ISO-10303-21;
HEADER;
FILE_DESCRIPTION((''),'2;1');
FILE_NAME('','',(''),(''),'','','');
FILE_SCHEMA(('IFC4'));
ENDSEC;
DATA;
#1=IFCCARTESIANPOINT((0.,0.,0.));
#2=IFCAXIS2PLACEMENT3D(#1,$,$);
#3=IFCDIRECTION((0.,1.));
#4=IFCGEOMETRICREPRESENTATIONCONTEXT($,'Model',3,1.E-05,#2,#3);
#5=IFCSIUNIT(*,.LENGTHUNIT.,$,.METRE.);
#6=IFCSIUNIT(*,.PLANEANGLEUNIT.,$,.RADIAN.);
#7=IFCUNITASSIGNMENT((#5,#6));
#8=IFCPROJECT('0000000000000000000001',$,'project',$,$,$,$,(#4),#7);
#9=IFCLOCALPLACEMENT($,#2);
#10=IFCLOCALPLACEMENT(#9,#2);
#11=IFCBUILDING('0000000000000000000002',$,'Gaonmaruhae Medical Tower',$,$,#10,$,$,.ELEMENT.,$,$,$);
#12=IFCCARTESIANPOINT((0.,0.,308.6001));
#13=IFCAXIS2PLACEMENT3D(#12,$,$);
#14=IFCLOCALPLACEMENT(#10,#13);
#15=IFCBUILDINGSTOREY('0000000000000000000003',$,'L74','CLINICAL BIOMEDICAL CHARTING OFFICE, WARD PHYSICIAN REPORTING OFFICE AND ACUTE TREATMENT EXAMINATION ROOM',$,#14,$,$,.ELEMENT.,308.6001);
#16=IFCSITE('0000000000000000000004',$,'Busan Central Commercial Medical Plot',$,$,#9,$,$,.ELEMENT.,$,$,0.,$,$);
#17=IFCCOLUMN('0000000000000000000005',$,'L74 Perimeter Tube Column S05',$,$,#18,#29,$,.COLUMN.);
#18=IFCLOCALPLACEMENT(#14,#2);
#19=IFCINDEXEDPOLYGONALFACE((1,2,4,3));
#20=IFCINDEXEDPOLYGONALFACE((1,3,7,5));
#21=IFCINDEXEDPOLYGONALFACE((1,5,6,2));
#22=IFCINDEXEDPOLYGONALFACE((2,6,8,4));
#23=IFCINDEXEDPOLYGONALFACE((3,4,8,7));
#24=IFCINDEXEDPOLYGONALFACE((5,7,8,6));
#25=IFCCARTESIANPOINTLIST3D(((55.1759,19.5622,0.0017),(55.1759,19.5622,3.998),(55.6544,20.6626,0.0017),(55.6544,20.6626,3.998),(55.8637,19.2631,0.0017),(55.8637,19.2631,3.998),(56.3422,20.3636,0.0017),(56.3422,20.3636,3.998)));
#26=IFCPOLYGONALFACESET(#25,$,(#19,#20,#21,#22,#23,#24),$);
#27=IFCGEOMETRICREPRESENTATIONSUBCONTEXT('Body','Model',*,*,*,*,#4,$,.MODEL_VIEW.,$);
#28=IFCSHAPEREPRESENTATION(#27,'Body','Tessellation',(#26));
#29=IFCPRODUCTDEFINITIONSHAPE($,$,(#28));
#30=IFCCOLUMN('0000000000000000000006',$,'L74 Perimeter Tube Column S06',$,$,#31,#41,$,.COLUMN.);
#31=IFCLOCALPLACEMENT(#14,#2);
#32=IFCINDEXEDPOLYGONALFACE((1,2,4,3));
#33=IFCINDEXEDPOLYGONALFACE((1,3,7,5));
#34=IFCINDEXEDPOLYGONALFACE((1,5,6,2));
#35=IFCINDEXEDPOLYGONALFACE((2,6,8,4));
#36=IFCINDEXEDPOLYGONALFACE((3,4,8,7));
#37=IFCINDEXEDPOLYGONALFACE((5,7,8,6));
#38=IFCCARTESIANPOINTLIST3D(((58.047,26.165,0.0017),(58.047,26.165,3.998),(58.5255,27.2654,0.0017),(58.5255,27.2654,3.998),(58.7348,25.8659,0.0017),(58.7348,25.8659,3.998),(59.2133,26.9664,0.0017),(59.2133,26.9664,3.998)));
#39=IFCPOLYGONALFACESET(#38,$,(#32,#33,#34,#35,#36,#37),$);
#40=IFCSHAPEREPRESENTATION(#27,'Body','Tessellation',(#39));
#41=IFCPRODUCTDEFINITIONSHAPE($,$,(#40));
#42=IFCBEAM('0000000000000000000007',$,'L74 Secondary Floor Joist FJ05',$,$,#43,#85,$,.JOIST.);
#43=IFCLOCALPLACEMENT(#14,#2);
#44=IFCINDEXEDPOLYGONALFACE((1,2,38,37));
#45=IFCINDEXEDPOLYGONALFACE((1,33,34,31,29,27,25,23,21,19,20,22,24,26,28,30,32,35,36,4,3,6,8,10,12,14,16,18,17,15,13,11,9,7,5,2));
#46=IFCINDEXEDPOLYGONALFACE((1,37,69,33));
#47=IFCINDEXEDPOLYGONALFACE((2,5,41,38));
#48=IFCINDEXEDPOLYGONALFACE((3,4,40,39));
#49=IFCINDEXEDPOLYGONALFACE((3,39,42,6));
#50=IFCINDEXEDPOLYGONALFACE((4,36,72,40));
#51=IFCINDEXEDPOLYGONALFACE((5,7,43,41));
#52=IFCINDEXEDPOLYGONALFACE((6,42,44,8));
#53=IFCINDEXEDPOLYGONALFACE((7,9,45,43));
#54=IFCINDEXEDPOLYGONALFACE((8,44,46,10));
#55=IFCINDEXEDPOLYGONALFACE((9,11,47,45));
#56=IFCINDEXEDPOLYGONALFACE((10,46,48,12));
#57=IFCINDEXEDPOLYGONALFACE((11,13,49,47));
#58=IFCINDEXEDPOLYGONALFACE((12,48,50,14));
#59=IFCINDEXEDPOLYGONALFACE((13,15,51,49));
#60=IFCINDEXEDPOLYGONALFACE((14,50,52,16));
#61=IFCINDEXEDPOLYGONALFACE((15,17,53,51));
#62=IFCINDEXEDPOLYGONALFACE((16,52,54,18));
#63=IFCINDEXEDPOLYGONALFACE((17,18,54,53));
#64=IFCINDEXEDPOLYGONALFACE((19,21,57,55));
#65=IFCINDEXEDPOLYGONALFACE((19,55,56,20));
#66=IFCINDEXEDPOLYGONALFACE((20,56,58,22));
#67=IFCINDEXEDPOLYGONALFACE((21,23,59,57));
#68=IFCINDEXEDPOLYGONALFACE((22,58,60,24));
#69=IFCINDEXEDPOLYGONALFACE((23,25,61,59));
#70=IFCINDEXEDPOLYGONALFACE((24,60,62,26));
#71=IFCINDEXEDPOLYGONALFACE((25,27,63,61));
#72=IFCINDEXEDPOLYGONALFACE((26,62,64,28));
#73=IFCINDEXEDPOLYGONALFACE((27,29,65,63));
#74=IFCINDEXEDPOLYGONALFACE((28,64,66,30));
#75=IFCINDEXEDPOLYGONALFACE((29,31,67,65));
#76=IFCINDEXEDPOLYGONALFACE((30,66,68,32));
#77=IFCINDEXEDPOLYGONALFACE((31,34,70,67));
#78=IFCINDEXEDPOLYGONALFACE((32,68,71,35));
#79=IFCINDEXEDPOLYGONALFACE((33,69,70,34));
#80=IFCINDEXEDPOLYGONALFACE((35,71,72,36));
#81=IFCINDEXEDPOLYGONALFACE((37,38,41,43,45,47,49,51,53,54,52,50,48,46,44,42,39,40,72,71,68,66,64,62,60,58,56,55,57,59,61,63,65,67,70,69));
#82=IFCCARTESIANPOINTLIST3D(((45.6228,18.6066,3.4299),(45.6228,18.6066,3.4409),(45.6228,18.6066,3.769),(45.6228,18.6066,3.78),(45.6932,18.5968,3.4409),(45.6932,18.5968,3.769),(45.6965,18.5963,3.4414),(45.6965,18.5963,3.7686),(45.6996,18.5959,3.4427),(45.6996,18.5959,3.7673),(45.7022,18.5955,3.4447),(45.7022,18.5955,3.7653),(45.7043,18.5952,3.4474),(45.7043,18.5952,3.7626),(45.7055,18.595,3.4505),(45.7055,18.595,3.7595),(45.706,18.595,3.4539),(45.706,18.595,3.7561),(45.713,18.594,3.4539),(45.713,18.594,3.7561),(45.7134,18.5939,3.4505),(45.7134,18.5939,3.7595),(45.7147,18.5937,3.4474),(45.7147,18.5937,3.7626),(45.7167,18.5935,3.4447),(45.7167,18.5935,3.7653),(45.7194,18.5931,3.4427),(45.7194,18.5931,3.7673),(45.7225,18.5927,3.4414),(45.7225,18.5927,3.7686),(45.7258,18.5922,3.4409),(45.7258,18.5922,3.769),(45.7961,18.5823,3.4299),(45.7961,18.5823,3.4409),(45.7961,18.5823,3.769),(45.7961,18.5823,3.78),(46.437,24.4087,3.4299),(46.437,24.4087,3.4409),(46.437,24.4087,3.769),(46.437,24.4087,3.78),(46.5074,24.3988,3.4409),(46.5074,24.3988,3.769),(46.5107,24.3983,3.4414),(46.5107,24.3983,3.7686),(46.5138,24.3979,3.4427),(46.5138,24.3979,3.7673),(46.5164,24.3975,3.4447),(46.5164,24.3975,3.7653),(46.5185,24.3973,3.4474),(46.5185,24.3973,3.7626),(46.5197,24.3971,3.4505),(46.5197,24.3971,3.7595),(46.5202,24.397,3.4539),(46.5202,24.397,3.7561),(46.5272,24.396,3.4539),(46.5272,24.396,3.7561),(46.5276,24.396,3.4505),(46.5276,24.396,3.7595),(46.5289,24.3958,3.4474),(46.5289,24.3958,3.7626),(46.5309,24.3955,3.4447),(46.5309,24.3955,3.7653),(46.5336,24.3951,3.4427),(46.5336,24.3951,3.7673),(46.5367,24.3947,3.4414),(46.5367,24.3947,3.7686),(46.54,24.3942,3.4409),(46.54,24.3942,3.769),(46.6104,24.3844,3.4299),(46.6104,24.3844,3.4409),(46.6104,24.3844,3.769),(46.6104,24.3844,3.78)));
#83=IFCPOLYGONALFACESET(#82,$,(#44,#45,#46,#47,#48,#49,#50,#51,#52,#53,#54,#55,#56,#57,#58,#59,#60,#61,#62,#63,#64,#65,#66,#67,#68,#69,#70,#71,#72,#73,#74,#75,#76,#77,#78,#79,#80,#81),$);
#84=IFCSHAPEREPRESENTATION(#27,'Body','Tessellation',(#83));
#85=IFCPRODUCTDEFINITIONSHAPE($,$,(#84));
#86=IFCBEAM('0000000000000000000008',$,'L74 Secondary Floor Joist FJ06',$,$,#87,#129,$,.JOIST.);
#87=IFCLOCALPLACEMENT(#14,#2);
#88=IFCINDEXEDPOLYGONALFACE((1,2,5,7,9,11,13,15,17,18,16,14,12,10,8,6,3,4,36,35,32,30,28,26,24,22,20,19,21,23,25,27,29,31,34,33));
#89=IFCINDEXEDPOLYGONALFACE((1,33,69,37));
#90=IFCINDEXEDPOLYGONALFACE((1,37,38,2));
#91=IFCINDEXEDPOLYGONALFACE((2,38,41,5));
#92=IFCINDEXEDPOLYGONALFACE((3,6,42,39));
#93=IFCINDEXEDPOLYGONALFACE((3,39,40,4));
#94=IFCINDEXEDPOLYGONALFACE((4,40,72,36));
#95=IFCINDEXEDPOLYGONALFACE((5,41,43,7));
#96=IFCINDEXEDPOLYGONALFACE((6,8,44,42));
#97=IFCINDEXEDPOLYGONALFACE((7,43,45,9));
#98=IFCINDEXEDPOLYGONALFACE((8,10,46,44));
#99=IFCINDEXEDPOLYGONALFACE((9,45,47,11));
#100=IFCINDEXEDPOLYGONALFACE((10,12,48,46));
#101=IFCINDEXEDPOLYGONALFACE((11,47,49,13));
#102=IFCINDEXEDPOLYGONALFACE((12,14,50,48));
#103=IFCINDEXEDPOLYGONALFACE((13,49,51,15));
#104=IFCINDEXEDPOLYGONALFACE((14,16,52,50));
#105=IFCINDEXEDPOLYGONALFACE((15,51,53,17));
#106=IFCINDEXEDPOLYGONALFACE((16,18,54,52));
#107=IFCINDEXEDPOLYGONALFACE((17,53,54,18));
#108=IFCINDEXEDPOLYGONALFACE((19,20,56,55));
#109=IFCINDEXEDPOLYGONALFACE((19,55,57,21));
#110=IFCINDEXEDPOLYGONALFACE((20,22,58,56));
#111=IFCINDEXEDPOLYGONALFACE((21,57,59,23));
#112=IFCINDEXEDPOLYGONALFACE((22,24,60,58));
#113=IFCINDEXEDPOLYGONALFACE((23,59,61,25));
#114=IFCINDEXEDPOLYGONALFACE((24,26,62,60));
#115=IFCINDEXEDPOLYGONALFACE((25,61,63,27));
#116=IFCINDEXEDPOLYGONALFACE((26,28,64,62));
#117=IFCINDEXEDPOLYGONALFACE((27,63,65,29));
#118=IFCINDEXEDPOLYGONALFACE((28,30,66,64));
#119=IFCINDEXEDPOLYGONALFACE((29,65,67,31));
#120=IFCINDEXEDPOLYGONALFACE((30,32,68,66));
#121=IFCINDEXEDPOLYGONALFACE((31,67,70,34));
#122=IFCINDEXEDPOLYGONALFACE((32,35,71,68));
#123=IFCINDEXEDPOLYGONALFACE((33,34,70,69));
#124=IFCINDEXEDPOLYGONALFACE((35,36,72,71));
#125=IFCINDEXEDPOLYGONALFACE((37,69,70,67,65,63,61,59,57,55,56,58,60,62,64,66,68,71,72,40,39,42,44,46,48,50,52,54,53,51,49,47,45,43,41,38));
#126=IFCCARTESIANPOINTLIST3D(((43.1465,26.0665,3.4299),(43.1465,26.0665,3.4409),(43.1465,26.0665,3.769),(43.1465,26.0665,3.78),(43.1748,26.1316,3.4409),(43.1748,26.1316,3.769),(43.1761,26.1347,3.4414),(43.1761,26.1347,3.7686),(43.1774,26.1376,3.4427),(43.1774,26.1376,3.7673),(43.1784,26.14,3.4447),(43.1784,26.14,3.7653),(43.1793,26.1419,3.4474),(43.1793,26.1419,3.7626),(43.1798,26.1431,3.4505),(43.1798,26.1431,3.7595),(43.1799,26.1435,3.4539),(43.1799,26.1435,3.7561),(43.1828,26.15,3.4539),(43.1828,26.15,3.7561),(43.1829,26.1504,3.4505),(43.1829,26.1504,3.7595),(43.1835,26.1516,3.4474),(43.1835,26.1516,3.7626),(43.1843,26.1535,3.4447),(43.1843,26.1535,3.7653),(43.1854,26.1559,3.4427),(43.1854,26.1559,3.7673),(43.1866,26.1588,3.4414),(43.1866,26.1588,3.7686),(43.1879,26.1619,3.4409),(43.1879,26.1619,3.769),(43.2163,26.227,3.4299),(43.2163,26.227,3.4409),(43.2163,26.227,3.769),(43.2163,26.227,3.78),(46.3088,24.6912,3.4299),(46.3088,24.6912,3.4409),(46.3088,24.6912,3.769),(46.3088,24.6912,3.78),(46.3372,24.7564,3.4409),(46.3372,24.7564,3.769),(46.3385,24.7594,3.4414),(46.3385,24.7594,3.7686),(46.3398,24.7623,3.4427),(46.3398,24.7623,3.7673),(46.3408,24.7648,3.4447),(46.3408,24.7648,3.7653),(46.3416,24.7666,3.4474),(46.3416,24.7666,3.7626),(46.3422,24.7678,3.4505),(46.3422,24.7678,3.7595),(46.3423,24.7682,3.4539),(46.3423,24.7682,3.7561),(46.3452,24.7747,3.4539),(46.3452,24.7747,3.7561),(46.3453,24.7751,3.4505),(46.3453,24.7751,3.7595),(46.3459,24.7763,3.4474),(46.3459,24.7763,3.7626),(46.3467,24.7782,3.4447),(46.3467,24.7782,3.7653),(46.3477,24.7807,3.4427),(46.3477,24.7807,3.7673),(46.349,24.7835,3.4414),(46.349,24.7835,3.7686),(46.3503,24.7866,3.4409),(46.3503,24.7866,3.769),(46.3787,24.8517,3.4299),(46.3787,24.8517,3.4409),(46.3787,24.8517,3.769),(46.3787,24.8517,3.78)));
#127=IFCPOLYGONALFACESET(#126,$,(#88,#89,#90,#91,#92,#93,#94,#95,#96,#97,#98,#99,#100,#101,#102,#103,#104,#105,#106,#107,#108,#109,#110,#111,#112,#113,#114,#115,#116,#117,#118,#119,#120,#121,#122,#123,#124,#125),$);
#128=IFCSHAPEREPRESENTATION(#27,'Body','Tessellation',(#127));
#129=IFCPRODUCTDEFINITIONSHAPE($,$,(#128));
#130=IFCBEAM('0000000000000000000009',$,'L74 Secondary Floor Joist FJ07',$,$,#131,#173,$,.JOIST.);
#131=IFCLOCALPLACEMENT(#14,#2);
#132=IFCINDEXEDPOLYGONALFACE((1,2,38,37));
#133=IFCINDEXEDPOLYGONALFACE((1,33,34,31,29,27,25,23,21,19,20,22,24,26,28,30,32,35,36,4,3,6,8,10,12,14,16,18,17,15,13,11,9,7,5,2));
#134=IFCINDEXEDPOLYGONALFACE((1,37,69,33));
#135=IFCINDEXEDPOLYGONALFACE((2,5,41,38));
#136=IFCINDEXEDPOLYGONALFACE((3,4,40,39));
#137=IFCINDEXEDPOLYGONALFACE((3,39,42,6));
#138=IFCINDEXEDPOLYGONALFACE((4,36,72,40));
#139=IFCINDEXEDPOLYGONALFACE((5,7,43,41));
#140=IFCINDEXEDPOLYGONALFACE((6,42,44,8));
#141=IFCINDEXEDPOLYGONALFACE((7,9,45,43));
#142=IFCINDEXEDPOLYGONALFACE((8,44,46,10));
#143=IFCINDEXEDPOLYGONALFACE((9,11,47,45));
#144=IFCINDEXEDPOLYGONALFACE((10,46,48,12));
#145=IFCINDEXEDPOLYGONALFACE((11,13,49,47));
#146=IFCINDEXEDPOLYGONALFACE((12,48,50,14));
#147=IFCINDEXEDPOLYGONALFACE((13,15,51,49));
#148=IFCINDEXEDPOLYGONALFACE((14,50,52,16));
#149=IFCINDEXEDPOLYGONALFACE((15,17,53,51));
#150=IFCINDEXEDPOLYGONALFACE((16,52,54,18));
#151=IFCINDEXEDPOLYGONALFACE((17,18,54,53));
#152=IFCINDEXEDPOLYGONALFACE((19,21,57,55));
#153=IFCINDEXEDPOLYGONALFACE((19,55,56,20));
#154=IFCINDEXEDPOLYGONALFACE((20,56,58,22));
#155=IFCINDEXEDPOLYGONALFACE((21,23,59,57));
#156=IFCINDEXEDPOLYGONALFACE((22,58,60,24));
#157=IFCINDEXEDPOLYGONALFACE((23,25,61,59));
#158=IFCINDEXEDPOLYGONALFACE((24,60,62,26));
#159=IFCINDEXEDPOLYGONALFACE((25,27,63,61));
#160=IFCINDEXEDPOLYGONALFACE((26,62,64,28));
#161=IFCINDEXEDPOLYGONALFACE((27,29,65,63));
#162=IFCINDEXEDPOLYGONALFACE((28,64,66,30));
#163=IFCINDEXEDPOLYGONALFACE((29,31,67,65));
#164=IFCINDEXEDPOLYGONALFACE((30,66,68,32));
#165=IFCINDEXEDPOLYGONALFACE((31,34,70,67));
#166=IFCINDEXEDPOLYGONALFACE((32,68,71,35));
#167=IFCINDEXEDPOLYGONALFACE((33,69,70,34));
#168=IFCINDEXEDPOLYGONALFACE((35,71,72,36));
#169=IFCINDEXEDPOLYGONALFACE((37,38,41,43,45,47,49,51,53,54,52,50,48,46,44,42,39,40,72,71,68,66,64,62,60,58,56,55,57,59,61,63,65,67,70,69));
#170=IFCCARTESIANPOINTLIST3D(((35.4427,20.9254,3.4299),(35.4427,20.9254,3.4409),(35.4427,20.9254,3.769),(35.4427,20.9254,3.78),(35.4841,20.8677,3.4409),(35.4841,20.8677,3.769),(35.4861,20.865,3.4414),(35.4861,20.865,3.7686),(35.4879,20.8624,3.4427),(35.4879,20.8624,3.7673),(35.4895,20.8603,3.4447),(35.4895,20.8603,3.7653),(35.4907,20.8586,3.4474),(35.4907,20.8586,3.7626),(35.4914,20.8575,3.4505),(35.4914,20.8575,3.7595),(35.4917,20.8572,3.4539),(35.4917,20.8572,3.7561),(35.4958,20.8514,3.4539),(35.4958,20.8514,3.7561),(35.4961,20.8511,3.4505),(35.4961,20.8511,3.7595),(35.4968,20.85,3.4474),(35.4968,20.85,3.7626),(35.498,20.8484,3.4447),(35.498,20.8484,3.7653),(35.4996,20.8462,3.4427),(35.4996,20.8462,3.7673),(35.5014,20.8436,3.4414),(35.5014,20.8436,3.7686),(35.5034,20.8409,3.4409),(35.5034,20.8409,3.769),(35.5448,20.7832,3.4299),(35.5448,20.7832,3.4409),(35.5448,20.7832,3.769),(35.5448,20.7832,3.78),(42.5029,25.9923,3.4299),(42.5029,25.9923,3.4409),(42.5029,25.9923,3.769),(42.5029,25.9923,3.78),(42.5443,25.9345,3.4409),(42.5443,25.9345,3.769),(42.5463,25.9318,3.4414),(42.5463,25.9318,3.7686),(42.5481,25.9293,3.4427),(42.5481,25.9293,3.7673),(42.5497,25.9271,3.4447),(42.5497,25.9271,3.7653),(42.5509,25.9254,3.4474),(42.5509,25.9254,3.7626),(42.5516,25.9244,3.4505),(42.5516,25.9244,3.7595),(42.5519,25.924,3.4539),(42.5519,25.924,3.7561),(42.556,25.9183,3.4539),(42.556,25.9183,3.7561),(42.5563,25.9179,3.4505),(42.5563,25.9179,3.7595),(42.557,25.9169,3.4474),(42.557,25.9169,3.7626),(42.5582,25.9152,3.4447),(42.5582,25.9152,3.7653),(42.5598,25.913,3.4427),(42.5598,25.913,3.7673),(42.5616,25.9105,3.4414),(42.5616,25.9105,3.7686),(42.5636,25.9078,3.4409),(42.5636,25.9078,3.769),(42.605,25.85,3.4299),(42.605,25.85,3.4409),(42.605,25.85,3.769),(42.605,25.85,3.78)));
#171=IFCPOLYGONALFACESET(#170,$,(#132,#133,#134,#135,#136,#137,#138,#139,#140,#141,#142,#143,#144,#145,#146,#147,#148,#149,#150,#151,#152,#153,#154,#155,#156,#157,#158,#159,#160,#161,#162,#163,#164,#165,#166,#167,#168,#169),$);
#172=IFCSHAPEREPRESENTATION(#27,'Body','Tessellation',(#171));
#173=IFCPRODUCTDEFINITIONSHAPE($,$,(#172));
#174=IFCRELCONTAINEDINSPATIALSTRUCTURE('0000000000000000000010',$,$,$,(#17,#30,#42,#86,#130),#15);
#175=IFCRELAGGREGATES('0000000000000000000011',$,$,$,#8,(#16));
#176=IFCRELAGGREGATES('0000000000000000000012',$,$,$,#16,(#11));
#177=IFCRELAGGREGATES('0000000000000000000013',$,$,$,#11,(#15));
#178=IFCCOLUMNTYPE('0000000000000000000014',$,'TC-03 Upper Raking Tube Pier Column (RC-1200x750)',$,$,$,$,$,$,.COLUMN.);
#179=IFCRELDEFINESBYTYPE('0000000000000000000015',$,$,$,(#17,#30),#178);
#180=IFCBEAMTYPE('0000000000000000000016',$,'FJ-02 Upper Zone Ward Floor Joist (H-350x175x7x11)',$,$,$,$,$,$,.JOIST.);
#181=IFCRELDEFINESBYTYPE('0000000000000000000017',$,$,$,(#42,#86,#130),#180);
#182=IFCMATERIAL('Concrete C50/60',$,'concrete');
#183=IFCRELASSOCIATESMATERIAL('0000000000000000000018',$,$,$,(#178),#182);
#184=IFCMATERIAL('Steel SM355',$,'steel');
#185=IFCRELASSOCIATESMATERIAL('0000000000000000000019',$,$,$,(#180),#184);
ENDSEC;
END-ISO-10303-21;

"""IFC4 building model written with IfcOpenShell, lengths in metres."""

from ifc_helpers import new_model, si_unit, direction, frame, origin, origin_2d, place, context, subcontext, project, spatial, rectangle, i_section, extrude, material, material_profile, profile_set, type_object, element, save


model = new_model("IFC4")

# Units and contexts
model_context = context("Model", 3, precision=1e-05, world=origin(), true_north=direction((0.0, 1.0)))
body_context = subcontext(model_context, "Body", "Model", "MODEL_VIEW")
ifc_project = project(units=[si_unit("LENGTHUNIT", "METRE"), si_unit("PLANEANGLEUNIT", "RADIAN")], contexts=[model_context])

# Site, building, storey
site_placement = place(None, origin())
site = spatial("IfcSite", under=ifc_project, at=site_placement, Name="Busan Central Commercial Medical Plot", CompositionType="ELEMENT", RefElevation=0.0)
building_placement = place(site_placement, origin())
building = spatial("IfcBuilding", under=site, at=building_placement, Name="Gaonmaruhae Medical Tower", CompositionType="ELEMENT")
storey_placement = place(building_placement, frame((0.0, 0.0, 308.6001)))
storey = spatial("IfcBuildingStorey", under=building, at=storey_placement, Name="L74", Description="CLINICAL BIOMEDICAL CHARTING OFFICE, WARD PHYSICIAN REPORTING OFFICE AND ACUTE TREATMENT EXAMINATION ROOM", CompositionType="ELEMENT", Elevation=308.6001)

# Columns
ifc_material_1 = material(Name="Concrete C50/60", Category="concrete")
ifc_material_profile_1 = material_profile(ifc_material_1, rectangle(XDim=1.2, YDim=0.75, at=origin_2d()), Name="RC-1200x750")
ifc_profile_set_1 = profile_set([ifc_material_profile_1], Name="Concrete C50/60")
column_type = type_object("IfcColumnType", Name="TC-03 Upper Raking Tube Pier Column (RC-1200x750)", PredefinedType="COLUMN", material=ifc_profile_set_1)
for number, where, z_axis, x_axis, name in (
    (1, (55.759, 19.9629, 0.0017), (0.0, 0.0, 1.0), (0.398749, 0.91706, 0.0), "L74 Perimeter Tube Column S05"),
    (2, (58.6301, 26.5657, 0.0017), (0.0, 0.0, 1.0), (0.398749, 0.91706, 0.0), "L74 Perimeter Tube Column S06"),
):
    element("IfcColumn", number, at=place(storey_placement, frame(where, z_axis=z_axis, x_axis=x_axis)), inside=storey, type_object=column_type, Name=name, PredefinedType="COLUMN", context=body_context, shape_type="SweptSolid", body=[
        extrude(rectangle(XDim=1.2, YDim=0.75, at=origin_2d()), origin(), (0.0, 0.0, 1.0), 3.9963),
    ])

# Beams
ifc_material_2 = material(Name="Steel SM355", Category="steel")
ifc_material_profile_2 = material_profile(ifc_material_2, i_section(OverallWidth=0.175, OverallDepth=0.3501, WebThickness=0.0071, FlangeThickness=0.011, FilletRadius=0.0129, at=origin_2d()), Name="H-350x175x7x11")
ifc_profile_set_2 = profile_set([ifc_material_profile_2], Name="Steel SM355")
beam_type_1 = type_object("IfcBeamType", Name="FJ-02 Upper Zone Ward Floor Joist (H-350x175x7x11)", PredefinedType="JOIST", material=ifc_profile_set_2)
beam_1_placement = place(storey_placement, frame((45.7095, 18.5945, 3.605), z_axis=(0.138971, 0.990296, 0.0), x_axis=(-0.990296, 0.138971, 0.0)))
element("IfcBeam", 3, at=beam_1_placement, inside=storey, type_object=beam_type_1, Name="L74 Secondary Floor Joist FJ05", PredefinedType="JOIST", context=body_context, shape_type="SweptSolid", body=[
    extrude(i_section(OverallWidth=0.175, OverallDepth=0.3501, WebThickness=0.0071, FlangeThickness=0.011, FilletRadius=0.0129, at=origin_2d()), origin(), (0.0, 0.0, 1.0), 5.8589),
])
beam_2_placement = place(storey_placement, frame((46.3438, 24.7715, 3.605), z_axis=(-0.917037, 0.398801, 0.0), x_axis=(-0.398801, -0.917037, 0.0)))
element("IfcBeam", 4, at=beam_2_placement, inside=storey, type_object=beam_type_1, Name="L74 Secondary Floor Joist FJ06", PredefinedType="JOIST", context=body_context, shape_type="SweptSolid", body=[
    extrude(i_section(OverallWidth=0.175, OverallDepth=0.3501, WebThickness=0.0071, FlangeThickness=0.011, FilletRadius=0.0129, at=origin_2d()), origin(), (0.0, 0.0, 1.0), 3.4485),
])
beam_3_placement = place(storey_placement, frame((42.554, 25.9211, 3.605), z_axis=(-0.812435, -0.583052, 0.0), x_axis=(0.583052, -0.812435, 0.0)))
element("IfcBeam", 5, at=beam_3_placement, inside=storey, type_object=beam_type_1, Name="L74 Secondary Floor Joist FJ07", PredefinedType="JOIST", context=body_context, shape_type="SweptSolid", body=[
    extrude(i_section(OverallWidth=0.175, OverallDepth=0.3501, WebThickness=0.0071, FlangeThickness=0.011, FilletRadius=0.0129, at=origin_2d()), origin(), (0.0, 0.0, 1.0), 8.6902),
])

save(model, "model.ifc")
